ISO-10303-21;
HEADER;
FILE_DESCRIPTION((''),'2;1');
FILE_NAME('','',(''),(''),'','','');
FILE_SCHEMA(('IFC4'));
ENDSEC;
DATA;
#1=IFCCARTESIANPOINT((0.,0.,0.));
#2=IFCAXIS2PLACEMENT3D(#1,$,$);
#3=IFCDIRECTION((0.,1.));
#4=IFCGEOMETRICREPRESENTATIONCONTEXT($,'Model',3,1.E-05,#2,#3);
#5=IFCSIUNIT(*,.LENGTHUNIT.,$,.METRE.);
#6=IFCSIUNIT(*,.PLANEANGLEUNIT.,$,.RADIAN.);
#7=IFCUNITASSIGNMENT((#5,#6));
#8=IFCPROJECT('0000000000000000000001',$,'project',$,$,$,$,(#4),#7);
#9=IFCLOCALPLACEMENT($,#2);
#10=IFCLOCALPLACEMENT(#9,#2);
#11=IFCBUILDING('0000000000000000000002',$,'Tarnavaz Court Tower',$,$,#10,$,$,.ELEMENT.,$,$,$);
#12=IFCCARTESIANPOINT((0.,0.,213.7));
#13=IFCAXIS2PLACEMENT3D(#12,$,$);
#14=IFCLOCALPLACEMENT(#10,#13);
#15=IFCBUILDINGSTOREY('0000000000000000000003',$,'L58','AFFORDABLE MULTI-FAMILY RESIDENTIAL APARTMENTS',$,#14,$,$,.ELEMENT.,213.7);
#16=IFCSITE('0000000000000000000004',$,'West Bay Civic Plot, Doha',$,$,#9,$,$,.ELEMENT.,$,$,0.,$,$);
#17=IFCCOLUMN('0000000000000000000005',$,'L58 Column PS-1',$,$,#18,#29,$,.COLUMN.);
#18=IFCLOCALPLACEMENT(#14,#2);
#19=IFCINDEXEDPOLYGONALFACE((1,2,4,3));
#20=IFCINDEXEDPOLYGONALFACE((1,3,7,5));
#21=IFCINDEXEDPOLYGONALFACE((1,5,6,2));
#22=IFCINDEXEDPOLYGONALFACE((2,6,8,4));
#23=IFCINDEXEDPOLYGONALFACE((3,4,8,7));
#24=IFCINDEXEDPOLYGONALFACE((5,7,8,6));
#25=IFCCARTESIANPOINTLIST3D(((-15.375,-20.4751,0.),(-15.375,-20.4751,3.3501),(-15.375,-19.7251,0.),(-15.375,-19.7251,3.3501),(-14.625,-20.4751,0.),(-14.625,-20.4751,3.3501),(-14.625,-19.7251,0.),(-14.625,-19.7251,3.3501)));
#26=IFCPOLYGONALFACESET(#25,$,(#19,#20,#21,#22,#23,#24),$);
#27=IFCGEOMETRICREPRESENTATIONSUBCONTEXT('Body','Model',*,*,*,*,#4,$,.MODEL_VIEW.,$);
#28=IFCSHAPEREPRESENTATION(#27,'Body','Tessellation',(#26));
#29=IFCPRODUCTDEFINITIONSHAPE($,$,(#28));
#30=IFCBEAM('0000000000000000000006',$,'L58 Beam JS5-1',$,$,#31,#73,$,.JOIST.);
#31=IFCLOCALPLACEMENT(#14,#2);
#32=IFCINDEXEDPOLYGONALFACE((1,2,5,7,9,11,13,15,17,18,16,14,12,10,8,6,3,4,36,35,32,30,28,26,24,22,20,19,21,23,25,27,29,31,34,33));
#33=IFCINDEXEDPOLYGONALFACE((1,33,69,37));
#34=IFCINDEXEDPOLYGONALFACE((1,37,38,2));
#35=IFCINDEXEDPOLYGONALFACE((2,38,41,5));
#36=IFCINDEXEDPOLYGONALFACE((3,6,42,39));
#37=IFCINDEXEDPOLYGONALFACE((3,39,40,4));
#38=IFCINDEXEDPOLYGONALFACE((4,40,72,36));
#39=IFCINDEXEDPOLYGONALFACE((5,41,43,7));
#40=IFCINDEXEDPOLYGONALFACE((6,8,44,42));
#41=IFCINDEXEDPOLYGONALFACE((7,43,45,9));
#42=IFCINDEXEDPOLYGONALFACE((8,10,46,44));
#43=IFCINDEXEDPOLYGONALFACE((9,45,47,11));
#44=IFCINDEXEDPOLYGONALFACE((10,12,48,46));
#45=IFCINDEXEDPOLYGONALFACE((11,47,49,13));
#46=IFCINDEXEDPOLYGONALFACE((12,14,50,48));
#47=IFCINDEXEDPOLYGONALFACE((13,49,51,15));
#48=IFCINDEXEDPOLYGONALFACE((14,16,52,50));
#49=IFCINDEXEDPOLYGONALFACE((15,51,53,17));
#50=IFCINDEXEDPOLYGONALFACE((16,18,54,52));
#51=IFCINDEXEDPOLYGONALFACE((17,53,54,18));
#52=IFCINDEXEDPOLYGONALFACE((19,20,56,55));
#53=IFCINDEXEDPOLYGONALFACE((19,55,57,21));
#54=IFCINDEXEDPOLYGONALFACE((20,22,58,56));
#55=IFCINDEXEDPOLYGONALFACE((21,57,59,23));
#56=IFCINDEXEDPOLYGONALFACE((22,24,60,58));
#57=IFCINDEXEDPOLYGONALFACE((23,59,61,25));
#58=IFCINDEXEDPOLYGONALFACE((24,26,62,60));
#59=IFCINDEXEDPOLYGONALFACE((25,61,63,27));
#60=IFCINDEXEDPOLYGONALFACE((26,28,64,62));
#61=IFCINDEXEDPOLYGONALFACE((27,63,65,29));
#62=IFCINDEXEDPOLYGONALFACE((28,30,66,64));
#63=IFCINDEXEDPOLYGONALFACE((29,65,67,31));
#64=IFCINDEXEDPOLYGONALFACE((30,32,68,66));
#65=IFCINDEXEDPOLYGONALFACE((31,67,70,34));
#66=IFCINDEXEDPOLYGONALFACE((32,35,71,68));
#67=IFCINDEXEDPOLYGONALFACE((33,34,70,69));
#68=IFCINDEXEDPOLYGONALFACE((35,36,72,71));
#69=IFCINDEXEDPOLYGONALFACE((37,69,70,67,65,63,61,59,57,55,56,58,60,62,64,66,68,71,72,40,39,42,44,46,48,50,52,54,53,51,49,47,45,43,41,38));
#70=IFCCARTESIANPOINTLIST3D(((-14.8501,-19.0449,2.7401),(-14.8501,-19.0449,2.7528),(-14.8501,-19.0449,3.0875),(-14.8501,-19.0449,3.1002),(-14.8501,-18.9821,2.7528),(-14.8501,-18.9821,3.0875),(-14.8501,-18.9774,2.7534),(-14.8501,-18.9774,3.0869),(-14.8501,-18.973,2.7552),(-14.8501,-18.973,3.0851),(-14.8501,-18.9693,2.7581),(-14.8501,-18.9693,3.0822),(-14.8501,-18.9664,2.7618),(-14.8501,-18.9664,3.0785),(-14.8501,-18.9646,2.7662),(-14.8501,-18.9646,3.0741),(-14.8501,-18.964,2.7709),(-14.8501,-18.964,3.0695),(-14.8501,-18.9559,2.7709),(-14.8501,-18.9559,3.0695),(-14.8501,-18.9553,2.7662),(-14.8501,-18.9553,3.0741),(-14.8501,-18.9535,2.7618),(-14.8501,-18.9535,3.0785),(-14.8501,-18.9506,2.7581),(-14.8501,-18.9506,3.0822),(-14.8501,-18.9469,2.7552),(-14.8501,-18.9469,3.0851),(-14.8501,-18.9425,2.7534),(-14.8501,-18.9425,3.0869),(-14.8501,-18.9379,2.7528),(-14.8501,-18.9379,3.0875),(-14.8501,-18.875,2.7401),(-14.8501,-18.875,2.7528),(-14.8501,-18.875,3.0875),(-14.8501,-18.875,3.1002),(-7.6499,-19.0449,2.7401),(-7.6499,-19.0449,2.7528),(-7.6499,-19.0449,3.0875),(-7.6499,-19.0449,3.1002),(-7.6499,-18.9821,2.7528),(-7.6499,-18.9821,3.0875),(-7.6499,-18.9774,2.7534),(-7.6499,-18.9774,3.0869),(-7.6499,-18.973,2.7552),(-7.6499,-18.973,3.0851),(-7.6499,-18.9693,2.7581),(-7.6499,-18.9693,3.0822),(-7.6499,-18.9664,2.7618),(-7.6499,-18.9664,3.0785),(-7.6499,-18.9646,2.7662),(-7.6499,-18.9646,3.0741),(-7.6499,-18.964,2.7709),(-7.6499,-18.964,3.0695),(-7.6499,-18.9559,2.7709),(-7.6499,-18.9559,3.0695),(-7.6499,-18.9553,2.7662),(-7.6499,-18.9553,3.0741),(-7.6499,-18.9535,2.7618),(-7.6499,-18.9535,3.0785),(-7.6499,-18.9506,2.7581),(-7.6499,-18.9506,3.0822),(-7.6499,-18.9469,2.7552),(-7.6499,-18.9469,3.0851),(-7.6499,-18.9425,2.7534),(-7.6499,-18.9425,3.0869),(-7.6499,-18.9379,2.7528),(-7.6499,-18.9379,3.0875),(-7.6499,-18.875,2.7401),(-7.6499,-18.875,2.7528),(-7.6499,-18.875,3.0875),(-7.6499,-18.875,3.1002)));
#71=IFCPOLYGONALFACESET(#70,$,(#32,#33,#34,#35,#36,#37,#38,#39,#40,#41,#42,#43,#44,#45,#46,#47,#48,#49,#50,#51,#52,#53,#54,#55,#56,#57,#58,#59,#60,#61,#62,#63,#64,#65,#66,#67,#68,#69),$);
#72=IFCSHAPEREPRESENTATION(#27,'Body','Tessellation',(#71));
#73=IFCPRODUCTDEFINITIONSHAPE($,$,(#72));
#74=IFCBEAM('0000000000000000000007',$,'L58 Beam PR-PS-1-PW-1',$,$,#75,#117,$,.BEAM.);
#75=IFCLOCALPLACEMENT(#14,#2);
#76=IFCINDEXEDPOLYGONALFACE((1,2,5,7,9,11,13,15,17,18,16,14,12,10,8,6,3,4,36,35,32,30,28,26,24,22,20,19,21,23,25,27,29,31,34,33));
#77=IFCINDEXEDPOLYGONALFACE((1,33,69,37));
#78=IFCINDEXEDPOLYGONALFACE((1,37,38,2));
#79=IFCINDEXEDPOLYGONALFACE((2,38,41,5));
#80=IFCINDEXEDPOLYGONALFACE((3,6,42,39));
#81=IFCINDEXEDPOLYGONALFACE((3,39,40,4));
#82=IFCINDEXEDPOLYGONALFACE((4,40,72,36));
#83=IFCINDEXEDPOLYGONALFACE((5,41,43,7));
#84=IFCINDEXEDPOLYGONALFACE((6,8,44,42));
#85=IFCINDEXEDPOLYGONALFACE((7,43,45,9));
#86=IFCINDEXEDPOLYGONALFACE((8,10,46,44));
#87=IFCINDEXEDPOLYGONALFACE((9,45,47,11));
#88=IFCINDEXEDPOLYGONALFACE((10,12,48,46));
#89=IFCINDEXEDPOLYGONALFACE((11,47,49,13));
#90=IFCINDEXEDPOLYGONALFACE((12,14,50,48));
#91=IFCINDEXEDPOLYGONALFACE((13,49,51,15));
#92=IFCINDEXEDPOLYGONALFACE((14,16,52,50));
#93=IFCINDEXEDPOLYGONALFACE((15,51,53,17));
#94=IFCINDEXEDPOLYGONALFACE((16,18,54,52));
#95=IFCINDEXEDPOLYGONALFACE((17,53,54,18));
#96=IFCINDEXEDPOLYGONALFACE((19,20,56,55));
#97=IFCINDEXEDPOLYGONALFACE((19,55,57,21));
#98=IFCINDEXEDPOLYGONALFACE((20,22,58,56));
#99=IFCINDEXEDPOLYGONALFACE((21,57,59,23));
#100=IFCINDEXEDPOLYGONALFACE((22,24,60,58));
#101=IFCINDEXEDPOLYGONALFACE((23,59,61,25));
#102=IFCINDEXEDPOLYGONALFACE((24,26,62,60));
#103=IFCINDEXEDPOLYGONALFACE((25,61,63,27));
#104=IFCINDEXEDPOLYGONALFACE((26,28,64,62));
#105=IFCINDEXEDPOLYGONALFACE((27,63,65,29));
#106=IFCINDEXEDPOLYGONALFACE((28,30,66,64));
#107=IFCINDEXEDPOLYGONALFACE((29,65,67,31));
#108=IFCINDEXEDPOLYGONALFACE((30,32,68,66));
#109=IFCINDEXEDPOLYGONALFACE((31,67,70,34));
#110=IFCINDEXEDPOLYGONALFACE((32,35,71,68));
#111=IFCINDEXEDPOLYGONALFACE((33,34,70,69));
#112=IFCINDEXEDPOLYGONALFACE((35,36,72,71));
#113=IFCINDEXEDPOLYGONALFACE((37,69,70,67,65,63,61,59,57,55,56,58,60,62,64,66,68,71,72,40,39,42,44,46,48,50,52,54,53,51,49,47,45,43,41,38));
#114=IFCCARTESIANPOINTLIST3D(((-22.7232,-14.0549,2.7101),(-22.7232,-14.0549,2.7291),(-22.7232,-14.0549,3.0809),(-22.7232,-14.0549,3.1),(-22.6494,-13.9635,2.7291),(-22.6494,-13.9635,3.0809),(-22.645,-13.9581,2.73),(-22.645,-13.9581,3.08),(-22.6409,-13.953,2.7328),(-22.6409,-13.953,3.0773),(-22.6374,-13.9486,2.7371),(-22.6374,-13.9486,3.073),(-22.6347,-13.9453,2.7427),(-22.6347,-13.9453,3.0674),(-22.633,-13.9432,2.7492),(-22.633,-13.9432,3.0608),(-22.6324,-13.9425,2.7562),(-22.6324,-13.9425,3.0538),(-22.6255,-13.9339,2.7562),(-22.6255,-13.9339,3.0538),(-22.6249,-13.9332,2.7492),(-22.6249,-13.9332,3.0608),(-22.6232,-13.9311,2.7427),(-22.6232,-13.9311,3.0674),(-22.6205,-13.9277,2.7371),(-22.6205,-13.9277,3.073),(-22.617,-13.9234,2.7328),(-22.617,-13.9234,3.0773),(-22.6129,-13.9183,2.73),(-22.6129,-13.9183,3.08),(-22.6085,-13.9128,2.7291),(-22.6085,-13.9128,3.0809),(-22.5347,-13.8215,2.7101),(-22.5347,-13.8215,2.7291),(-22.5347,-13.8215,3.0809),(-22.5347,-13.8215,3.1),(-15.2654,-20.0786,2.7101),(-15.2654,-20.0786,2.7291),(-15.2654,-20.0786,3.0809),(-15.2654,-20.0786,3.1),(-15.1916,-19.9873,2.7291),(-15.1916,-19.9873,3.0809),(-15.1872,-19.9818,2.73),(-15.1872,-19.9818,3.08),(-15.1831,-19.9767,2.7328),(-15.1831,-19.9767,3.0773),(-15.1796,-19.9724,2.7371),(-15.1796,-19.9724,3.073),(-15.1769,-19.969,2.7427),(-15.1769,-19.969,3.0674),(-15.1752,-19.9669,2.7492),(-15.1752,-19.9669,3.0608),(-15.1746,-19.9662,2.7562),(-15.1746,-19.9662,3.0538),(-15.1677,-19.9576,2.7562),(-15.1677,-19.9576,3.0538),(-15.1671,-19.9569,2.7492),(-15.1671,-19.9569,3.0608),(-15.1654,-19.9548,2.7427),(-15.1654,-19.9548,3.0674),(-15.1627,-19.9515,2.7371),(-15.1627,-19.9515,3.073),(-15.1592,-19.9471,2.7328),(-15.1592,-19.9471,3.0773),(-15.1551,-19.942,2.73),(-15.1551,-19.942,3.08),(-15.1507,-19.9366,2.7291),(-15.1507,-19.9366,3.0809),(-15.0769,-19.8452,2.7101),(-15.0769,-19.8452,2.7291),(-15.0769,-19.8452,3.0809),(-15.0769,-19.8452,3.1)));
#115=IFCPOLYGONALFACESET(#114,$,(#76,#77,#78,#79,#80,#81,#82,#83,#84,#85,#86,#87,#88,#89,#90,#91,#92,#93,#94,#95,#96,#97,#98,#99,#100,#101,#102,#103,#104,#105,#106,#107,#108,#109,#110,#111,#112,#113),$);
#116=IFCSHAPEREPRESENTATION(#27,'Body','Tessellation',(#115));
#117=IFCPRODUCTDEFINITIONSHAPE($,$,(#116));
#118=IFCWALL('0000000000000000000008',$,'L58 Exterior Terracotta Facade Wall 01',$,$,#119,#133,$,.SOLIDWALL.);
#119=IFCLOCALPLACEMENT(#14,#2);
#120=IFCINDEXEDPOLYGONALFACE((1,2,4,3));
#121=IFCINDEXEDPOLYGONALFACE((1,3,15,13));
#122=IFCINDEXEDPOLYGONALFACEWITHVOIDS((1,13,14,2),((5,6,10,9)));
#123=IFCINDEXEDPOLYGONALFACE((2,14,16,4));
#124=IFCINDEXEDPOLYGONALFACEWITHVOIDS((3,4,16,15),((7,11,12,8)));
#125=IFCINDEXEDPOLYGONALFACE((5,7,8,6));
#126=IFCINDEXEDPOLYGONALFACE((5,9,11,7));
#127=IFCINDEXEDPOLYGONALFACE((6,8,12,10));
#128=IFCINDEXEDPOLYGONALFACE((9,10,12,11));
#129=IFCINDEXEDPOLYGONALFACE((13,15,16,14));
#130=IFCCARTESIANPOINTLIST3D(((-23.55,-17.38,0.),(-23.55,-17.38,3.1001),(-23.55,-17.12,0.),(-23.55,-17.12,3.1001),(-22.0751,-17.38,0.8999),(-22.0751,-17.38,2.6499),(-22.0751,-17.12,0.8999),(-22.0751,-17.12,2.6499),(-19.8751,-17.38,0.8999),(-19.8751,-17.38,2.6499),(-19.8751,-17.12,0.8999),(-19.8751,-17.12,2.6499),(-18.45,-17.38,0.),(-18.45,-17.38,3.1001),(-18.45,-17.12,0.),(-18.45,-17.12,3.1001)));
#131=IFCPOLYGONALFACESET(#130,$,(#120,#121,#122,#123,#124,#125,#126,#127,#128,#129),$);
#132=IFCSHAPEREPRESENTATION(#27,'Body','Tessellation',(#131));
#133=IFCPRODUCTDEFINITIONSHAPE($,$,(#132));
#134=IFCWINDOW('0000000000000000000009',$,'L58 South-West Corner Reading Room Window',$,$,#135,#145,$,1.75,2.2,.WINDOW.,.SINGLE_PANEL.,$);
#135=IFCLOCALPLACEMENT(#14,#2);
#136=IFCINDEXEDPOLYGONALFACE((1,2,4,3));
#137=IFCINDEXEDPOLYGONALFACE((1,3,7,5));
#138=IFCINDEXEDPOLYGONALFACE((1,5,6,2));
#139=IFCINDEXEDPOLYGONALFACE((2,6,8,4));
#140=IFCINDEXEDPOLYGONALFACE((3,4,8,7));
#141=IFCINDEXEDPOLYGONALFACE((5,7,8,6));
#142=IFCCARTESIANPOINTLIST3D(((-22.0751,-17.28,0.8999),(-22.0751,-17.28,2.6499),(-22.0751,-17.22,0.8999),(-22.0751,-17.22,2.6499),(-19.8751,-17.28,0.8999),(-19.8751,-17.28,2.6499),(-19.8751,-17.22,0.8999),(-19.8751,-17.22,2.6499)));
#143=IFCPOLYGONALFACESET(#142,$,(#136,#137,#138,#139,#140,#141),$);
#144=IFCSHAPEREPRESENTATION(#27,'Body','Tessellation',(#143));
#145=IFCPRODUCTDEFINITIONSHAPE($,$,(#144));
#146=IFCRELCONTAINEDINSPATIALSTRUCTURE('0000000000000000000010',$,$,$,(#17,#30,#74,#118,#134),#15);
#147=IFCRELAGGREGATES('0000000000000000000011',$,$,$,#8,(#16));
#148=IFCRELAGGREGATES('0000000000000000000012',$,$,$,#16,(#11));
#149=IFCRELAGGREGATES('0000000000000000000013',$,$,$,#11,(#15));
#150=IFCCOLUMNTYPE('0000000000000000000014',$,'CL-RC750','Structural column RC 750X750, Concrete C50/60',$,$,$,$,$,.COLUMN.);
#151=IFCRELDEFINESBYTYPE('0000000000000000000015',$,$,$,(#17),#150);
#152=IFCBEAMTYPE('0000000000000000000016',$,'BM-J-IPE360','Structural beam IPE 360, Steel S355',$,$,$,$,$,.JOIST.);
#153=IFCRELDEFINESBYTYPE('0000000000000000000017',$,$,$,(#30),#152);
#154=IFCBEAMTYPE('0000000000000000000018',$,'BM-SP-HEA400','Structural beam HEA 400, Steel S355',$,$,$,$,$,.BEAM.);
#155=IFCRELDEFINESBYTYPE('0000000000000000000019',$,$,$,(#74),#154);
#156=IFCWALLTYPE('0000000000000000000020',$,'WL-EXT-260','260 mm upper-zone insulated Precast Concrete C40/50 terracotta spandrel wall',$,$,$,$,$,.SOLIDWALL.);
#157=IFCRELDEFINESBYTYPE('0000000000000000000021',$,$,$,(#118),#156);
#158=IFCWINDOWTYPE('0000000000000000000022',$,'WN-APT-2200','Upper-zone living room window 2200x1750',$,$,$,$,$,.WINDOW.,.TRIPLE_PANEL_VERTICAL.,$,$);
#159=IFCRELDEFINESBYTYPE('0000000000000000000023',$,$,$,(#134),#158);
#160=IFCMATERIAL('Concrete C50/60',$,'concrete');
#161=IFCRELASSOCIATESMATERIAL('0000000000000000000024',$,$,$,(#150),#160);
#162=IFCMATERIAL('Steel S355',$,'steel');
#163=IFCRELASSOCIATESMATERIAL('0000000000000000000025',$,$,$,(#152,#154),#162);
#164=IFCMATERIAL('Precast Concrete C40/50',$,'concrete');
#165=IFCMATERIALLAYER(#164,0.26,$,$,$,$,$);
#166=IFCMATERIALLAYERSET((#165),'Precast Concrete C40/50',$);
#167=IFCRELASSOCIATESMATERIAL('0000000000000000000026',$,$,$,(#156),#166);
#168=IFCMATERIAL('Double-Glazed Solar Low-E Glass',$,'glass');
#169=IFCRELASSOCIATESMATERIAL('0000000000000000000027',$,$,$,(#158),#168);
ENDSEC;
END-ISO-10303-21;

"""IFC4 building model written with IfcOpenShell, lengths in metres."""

from ifc_helpers import new_model, si_unit, direction, frame, frame_2d, origin, origin_2d, place, context, subcontext, project, spatial, rectangle, i_section, extrude, material, layer, layer_set, material_profile, profile_set, type_object, element, fill, save


model = new_model("IFC4")

# Units and contexts
model_context = context("Model", 3, precision=1e-05, world=origin(), true_north=direction((0.0, 1.0)))
body_context = subcontext(model_context, "Body", "Model", "MODEL_VIEW")
ifc_project = project(units=[si_unit("LENGTHUNIT", "METRE"), si_unit("PLANEANGLEUNIT", "RADIAN")], contexts=[model_context])

# Site, building, storey
site_placement = place(None, origin())
site = spatial("IfcSite", under=ifc_project, at=site_placement, Name="West Bay Civic Plot, Doha", CompositionType="ELEMENT", RefElevation=0.0)
building_placement = place(site_placement, origin())
building = spatial("IfcBuilding", under=site, at=building_placement, Name="Tarnavaz Court Tower", CompositionType="ELEMENT")
storey_placement = place(building_placement, frame((0.0, 0.0, 213.7)))
storey = spatial("IfcBuildingStorey", under=building, at=storey_placement, Name="L58", Description="AFFORDABLE MULTI-FAMILY RESIDENTIAL APARTMENTS", CompositionType="ELEMENT", Elevation=213.7)

# Column
ifc_material_1 = material(Name="Concrete C50/60", Category="concrete")
ifc_material_profile_1 = material_profile(ifc_material_1, rectangle(XDim=0.75, YDim=0.75, at=origin_2d()), Name="RC 750X750")
ifc_profile_set_1 = profile_set([ifc_material_profile_1], Name="Concrete C50/60")
column_type = type_object("IfcColumnType", Name="CL-RC750", Description="Structural column RC 750X750, Concrete C50/60", PredefinedType="COLUMN", material=ifc_profile_set_1)
column_placement = place(storey_placement, frame((-15.0, -20.1001, 0.0), z_axis=(0.0, 0.0, 1.0), x_axis=(1.0, 0.0, 0.0)))
element("IfcColumn", 1, at=column_placement, inside=storey, type_object=column_type, Name="L58 Column PS-1", PredefinedType="COLUMN", context=body_context, shape_type="SweptSolid", body=[
    extrude(rectangle(XDim=0.75, YDim=0.75, at=origin_2d()), origin(), (0.0, 0.0, 1.0), 3.3501),
])

# Beams
ifc_material_2 = material(Name="Steel S355", Category="steel")
ifc_material_profile_2 = material_profile(ifc_material_2, i_section(OverallWidth=0.1699, OverallDepth=0.3601, WebThickness=0.0081, FlangeThickness=0.0127, FilletRadius=0.0181, at=origin_2d()), Name="IPE 360")
ifc_profile_set_2 = profile_set([ifc_material_profile_2], Name="Steel S355")
beam_type_1 = type_object("IfcBeamType", Name="BM-J-IPE360", Description="Structural beam IPE 360, Steel S355", PredefinedType="JOIST", material=ifc_profile_set_2)
beam_1_placement = place(storey_placement, frame((-14.8501, -18.96, 2.9202), z_axis=(1.0, 0.0, 0.0), x_axis=(0.0, 1.0, 0.0)))
element("IfcBeam", 2, at=beam_1_placement, inside=storey, type_object=beam_type_1, Name="L58 Beam JS5-1", PredefinedType="JOIST", context=body_context, shape_type="SweptSolid", body=[
    extrude(i_section(OverallWidth=0.1699, OverallDepth=0.3601, WebThickness=0.0081, FlangeThickness=0.0127, FilletRadius=0.0181, at=origin_2d()), origin(), (0.0, 0.0, 1.0), 7.2002),
])
ifc_material_profile_3 = material_profile(ifc_material_2, i_section(OverallWidth=0.3, OverallDepth=0.3899, WebThickness=0.011, FlangeThickness=0.019, FilletRadius=0.0271, at=origin_2d()), Name="HEA 400")
ifc_profile_set_3 = profile_set([ifc_material_profile_3], Name="Steel S355")
beam_type_2 = type_object("IfcBeamType", Name="BM-SP-HEA400", Description="Structural beam HEA 400, Steel S355", PredefinedType="BEAM", material=ifc_profile_set_3)
beam_2_placement = place(storey_placement, frame((-15.1711, -19.9619, 2.905), z_axis=(-0.777936, 0.628344, 0.0), x_axis=(-0.628344, -0.777936, 0.0)))
element("IfcBeam", 3, at=beam_2_placement, inside=storey, type_object=beam_type_2, Name="L58 Beam PR-PS-1-PW-1", PredefinedType="BEAM", context=body_context, shape_type="SweptSolid", body=[
    extrude(i_section(OverallWidth=0.3, OverallDepth=0.3899, WebThickness=0.011, FlangeThickness=0.019, FilletRadius=0.0271, at=origin_2d()), origin(), (0.0, 0.0, 1.0), 9.5867),
])

# Wall, opening, window
ifc_material_3 = material(Name="Precast Concrete C40/50", Category="concrete")
ifc_layer_1 = layer(ifc_material_3, 0.26)
ifc_layer_set_1 = layer_set([ifc_layer_1], Name="Precast Concrete C40/50")
wall_type_1 = type_object("IfcWallType", Name="WL-EXT-260", Description="260 mm upper-zone insulated Precast Concrete C40/50 terracotta spandrel wall", PredefinedType="SOLIDWALL", material=ifc_layer_set_1)
wall_1_placement = place(storey_placement, frame((-18.45, -17.25, 0.0), z_axis=(0.0, 0.0, 1.0), x_axis=(-1.0, 0.0, 0.0)))
wall_1 = element("IfcWall", 4, at=wall_1_placement, inside=storey, type_object=wall_type_1, Name="L58 Exterior Terracotta Facade Wall 01", PredefinedType="SOLIDWALL", context=body_context, shape_type="SweptSolid", body=[
    extrude(rectangle(XDim=5.1001, YDim=0.26, at=frame_2d((2.55, 0.0))), origin(), (0.0, 0.0, 1.0), 3.1001),
])
opening_1_placement = place(wall_1_placement, frame((1.425, 0.0, 0.8999)))
opening_1 = element("IfcOpeningElement", 5, at=opening_1_placement, cuts=wall_1, PredefinedType="OPENING", context=body_context, shape_type="SweptSolid", body=[
    extrude(rectangle(XDim=2.2, YDim=1.75, at=frame_2d((1.1001, 0.875))), frame((0.0, 0.1399, 0.0), z_axis=(0.0, -1.0, 0.0), x_axis=(1.0, 0.0, 0.0)), (0.0, 0.0, 1.0), 0.28),
])
ifc_material_4 = material(Name="Double-Glazed Solar Low-E Glass", Category="glass")
window_type_1 = type_object("IfcWindowType", Name="WN-APT-2200", Description="Upper-zone living room window 2200x1750", PartitioningType="TRIPLE_PANEL_VERTICAL", PredefinedType="WINDOW", material=ifc_material_4)
window_1_placement = place(opening_1_placement, origin())
window_1 = element("IfcWindow", 6, at=window_1_placement, inside=storey, type_object=window_type_1, Name="L58 South-West Corner Reading Room Window", OverallHeight=1.75, OverallWidth=2.2, PartitioningType="SINGLE_PANEL", PredefinedType="WINDOW", context=body_context, shape_type="SweptSolid", body=[
    extrude(rectangle(XDim=2.2, YDim=1.75, at=frame_2d((1.1001, 0.875))), frame((0.0, 0.03, 0.0), z_axis=(0.0, -1.0, 0.0), x_axis=(1.0, 0.0, 0.0)), (0.0, 0.0, 1.0), 0.0601),
])
fill(opening_1, window_1)

save(model, "model.ifc")
